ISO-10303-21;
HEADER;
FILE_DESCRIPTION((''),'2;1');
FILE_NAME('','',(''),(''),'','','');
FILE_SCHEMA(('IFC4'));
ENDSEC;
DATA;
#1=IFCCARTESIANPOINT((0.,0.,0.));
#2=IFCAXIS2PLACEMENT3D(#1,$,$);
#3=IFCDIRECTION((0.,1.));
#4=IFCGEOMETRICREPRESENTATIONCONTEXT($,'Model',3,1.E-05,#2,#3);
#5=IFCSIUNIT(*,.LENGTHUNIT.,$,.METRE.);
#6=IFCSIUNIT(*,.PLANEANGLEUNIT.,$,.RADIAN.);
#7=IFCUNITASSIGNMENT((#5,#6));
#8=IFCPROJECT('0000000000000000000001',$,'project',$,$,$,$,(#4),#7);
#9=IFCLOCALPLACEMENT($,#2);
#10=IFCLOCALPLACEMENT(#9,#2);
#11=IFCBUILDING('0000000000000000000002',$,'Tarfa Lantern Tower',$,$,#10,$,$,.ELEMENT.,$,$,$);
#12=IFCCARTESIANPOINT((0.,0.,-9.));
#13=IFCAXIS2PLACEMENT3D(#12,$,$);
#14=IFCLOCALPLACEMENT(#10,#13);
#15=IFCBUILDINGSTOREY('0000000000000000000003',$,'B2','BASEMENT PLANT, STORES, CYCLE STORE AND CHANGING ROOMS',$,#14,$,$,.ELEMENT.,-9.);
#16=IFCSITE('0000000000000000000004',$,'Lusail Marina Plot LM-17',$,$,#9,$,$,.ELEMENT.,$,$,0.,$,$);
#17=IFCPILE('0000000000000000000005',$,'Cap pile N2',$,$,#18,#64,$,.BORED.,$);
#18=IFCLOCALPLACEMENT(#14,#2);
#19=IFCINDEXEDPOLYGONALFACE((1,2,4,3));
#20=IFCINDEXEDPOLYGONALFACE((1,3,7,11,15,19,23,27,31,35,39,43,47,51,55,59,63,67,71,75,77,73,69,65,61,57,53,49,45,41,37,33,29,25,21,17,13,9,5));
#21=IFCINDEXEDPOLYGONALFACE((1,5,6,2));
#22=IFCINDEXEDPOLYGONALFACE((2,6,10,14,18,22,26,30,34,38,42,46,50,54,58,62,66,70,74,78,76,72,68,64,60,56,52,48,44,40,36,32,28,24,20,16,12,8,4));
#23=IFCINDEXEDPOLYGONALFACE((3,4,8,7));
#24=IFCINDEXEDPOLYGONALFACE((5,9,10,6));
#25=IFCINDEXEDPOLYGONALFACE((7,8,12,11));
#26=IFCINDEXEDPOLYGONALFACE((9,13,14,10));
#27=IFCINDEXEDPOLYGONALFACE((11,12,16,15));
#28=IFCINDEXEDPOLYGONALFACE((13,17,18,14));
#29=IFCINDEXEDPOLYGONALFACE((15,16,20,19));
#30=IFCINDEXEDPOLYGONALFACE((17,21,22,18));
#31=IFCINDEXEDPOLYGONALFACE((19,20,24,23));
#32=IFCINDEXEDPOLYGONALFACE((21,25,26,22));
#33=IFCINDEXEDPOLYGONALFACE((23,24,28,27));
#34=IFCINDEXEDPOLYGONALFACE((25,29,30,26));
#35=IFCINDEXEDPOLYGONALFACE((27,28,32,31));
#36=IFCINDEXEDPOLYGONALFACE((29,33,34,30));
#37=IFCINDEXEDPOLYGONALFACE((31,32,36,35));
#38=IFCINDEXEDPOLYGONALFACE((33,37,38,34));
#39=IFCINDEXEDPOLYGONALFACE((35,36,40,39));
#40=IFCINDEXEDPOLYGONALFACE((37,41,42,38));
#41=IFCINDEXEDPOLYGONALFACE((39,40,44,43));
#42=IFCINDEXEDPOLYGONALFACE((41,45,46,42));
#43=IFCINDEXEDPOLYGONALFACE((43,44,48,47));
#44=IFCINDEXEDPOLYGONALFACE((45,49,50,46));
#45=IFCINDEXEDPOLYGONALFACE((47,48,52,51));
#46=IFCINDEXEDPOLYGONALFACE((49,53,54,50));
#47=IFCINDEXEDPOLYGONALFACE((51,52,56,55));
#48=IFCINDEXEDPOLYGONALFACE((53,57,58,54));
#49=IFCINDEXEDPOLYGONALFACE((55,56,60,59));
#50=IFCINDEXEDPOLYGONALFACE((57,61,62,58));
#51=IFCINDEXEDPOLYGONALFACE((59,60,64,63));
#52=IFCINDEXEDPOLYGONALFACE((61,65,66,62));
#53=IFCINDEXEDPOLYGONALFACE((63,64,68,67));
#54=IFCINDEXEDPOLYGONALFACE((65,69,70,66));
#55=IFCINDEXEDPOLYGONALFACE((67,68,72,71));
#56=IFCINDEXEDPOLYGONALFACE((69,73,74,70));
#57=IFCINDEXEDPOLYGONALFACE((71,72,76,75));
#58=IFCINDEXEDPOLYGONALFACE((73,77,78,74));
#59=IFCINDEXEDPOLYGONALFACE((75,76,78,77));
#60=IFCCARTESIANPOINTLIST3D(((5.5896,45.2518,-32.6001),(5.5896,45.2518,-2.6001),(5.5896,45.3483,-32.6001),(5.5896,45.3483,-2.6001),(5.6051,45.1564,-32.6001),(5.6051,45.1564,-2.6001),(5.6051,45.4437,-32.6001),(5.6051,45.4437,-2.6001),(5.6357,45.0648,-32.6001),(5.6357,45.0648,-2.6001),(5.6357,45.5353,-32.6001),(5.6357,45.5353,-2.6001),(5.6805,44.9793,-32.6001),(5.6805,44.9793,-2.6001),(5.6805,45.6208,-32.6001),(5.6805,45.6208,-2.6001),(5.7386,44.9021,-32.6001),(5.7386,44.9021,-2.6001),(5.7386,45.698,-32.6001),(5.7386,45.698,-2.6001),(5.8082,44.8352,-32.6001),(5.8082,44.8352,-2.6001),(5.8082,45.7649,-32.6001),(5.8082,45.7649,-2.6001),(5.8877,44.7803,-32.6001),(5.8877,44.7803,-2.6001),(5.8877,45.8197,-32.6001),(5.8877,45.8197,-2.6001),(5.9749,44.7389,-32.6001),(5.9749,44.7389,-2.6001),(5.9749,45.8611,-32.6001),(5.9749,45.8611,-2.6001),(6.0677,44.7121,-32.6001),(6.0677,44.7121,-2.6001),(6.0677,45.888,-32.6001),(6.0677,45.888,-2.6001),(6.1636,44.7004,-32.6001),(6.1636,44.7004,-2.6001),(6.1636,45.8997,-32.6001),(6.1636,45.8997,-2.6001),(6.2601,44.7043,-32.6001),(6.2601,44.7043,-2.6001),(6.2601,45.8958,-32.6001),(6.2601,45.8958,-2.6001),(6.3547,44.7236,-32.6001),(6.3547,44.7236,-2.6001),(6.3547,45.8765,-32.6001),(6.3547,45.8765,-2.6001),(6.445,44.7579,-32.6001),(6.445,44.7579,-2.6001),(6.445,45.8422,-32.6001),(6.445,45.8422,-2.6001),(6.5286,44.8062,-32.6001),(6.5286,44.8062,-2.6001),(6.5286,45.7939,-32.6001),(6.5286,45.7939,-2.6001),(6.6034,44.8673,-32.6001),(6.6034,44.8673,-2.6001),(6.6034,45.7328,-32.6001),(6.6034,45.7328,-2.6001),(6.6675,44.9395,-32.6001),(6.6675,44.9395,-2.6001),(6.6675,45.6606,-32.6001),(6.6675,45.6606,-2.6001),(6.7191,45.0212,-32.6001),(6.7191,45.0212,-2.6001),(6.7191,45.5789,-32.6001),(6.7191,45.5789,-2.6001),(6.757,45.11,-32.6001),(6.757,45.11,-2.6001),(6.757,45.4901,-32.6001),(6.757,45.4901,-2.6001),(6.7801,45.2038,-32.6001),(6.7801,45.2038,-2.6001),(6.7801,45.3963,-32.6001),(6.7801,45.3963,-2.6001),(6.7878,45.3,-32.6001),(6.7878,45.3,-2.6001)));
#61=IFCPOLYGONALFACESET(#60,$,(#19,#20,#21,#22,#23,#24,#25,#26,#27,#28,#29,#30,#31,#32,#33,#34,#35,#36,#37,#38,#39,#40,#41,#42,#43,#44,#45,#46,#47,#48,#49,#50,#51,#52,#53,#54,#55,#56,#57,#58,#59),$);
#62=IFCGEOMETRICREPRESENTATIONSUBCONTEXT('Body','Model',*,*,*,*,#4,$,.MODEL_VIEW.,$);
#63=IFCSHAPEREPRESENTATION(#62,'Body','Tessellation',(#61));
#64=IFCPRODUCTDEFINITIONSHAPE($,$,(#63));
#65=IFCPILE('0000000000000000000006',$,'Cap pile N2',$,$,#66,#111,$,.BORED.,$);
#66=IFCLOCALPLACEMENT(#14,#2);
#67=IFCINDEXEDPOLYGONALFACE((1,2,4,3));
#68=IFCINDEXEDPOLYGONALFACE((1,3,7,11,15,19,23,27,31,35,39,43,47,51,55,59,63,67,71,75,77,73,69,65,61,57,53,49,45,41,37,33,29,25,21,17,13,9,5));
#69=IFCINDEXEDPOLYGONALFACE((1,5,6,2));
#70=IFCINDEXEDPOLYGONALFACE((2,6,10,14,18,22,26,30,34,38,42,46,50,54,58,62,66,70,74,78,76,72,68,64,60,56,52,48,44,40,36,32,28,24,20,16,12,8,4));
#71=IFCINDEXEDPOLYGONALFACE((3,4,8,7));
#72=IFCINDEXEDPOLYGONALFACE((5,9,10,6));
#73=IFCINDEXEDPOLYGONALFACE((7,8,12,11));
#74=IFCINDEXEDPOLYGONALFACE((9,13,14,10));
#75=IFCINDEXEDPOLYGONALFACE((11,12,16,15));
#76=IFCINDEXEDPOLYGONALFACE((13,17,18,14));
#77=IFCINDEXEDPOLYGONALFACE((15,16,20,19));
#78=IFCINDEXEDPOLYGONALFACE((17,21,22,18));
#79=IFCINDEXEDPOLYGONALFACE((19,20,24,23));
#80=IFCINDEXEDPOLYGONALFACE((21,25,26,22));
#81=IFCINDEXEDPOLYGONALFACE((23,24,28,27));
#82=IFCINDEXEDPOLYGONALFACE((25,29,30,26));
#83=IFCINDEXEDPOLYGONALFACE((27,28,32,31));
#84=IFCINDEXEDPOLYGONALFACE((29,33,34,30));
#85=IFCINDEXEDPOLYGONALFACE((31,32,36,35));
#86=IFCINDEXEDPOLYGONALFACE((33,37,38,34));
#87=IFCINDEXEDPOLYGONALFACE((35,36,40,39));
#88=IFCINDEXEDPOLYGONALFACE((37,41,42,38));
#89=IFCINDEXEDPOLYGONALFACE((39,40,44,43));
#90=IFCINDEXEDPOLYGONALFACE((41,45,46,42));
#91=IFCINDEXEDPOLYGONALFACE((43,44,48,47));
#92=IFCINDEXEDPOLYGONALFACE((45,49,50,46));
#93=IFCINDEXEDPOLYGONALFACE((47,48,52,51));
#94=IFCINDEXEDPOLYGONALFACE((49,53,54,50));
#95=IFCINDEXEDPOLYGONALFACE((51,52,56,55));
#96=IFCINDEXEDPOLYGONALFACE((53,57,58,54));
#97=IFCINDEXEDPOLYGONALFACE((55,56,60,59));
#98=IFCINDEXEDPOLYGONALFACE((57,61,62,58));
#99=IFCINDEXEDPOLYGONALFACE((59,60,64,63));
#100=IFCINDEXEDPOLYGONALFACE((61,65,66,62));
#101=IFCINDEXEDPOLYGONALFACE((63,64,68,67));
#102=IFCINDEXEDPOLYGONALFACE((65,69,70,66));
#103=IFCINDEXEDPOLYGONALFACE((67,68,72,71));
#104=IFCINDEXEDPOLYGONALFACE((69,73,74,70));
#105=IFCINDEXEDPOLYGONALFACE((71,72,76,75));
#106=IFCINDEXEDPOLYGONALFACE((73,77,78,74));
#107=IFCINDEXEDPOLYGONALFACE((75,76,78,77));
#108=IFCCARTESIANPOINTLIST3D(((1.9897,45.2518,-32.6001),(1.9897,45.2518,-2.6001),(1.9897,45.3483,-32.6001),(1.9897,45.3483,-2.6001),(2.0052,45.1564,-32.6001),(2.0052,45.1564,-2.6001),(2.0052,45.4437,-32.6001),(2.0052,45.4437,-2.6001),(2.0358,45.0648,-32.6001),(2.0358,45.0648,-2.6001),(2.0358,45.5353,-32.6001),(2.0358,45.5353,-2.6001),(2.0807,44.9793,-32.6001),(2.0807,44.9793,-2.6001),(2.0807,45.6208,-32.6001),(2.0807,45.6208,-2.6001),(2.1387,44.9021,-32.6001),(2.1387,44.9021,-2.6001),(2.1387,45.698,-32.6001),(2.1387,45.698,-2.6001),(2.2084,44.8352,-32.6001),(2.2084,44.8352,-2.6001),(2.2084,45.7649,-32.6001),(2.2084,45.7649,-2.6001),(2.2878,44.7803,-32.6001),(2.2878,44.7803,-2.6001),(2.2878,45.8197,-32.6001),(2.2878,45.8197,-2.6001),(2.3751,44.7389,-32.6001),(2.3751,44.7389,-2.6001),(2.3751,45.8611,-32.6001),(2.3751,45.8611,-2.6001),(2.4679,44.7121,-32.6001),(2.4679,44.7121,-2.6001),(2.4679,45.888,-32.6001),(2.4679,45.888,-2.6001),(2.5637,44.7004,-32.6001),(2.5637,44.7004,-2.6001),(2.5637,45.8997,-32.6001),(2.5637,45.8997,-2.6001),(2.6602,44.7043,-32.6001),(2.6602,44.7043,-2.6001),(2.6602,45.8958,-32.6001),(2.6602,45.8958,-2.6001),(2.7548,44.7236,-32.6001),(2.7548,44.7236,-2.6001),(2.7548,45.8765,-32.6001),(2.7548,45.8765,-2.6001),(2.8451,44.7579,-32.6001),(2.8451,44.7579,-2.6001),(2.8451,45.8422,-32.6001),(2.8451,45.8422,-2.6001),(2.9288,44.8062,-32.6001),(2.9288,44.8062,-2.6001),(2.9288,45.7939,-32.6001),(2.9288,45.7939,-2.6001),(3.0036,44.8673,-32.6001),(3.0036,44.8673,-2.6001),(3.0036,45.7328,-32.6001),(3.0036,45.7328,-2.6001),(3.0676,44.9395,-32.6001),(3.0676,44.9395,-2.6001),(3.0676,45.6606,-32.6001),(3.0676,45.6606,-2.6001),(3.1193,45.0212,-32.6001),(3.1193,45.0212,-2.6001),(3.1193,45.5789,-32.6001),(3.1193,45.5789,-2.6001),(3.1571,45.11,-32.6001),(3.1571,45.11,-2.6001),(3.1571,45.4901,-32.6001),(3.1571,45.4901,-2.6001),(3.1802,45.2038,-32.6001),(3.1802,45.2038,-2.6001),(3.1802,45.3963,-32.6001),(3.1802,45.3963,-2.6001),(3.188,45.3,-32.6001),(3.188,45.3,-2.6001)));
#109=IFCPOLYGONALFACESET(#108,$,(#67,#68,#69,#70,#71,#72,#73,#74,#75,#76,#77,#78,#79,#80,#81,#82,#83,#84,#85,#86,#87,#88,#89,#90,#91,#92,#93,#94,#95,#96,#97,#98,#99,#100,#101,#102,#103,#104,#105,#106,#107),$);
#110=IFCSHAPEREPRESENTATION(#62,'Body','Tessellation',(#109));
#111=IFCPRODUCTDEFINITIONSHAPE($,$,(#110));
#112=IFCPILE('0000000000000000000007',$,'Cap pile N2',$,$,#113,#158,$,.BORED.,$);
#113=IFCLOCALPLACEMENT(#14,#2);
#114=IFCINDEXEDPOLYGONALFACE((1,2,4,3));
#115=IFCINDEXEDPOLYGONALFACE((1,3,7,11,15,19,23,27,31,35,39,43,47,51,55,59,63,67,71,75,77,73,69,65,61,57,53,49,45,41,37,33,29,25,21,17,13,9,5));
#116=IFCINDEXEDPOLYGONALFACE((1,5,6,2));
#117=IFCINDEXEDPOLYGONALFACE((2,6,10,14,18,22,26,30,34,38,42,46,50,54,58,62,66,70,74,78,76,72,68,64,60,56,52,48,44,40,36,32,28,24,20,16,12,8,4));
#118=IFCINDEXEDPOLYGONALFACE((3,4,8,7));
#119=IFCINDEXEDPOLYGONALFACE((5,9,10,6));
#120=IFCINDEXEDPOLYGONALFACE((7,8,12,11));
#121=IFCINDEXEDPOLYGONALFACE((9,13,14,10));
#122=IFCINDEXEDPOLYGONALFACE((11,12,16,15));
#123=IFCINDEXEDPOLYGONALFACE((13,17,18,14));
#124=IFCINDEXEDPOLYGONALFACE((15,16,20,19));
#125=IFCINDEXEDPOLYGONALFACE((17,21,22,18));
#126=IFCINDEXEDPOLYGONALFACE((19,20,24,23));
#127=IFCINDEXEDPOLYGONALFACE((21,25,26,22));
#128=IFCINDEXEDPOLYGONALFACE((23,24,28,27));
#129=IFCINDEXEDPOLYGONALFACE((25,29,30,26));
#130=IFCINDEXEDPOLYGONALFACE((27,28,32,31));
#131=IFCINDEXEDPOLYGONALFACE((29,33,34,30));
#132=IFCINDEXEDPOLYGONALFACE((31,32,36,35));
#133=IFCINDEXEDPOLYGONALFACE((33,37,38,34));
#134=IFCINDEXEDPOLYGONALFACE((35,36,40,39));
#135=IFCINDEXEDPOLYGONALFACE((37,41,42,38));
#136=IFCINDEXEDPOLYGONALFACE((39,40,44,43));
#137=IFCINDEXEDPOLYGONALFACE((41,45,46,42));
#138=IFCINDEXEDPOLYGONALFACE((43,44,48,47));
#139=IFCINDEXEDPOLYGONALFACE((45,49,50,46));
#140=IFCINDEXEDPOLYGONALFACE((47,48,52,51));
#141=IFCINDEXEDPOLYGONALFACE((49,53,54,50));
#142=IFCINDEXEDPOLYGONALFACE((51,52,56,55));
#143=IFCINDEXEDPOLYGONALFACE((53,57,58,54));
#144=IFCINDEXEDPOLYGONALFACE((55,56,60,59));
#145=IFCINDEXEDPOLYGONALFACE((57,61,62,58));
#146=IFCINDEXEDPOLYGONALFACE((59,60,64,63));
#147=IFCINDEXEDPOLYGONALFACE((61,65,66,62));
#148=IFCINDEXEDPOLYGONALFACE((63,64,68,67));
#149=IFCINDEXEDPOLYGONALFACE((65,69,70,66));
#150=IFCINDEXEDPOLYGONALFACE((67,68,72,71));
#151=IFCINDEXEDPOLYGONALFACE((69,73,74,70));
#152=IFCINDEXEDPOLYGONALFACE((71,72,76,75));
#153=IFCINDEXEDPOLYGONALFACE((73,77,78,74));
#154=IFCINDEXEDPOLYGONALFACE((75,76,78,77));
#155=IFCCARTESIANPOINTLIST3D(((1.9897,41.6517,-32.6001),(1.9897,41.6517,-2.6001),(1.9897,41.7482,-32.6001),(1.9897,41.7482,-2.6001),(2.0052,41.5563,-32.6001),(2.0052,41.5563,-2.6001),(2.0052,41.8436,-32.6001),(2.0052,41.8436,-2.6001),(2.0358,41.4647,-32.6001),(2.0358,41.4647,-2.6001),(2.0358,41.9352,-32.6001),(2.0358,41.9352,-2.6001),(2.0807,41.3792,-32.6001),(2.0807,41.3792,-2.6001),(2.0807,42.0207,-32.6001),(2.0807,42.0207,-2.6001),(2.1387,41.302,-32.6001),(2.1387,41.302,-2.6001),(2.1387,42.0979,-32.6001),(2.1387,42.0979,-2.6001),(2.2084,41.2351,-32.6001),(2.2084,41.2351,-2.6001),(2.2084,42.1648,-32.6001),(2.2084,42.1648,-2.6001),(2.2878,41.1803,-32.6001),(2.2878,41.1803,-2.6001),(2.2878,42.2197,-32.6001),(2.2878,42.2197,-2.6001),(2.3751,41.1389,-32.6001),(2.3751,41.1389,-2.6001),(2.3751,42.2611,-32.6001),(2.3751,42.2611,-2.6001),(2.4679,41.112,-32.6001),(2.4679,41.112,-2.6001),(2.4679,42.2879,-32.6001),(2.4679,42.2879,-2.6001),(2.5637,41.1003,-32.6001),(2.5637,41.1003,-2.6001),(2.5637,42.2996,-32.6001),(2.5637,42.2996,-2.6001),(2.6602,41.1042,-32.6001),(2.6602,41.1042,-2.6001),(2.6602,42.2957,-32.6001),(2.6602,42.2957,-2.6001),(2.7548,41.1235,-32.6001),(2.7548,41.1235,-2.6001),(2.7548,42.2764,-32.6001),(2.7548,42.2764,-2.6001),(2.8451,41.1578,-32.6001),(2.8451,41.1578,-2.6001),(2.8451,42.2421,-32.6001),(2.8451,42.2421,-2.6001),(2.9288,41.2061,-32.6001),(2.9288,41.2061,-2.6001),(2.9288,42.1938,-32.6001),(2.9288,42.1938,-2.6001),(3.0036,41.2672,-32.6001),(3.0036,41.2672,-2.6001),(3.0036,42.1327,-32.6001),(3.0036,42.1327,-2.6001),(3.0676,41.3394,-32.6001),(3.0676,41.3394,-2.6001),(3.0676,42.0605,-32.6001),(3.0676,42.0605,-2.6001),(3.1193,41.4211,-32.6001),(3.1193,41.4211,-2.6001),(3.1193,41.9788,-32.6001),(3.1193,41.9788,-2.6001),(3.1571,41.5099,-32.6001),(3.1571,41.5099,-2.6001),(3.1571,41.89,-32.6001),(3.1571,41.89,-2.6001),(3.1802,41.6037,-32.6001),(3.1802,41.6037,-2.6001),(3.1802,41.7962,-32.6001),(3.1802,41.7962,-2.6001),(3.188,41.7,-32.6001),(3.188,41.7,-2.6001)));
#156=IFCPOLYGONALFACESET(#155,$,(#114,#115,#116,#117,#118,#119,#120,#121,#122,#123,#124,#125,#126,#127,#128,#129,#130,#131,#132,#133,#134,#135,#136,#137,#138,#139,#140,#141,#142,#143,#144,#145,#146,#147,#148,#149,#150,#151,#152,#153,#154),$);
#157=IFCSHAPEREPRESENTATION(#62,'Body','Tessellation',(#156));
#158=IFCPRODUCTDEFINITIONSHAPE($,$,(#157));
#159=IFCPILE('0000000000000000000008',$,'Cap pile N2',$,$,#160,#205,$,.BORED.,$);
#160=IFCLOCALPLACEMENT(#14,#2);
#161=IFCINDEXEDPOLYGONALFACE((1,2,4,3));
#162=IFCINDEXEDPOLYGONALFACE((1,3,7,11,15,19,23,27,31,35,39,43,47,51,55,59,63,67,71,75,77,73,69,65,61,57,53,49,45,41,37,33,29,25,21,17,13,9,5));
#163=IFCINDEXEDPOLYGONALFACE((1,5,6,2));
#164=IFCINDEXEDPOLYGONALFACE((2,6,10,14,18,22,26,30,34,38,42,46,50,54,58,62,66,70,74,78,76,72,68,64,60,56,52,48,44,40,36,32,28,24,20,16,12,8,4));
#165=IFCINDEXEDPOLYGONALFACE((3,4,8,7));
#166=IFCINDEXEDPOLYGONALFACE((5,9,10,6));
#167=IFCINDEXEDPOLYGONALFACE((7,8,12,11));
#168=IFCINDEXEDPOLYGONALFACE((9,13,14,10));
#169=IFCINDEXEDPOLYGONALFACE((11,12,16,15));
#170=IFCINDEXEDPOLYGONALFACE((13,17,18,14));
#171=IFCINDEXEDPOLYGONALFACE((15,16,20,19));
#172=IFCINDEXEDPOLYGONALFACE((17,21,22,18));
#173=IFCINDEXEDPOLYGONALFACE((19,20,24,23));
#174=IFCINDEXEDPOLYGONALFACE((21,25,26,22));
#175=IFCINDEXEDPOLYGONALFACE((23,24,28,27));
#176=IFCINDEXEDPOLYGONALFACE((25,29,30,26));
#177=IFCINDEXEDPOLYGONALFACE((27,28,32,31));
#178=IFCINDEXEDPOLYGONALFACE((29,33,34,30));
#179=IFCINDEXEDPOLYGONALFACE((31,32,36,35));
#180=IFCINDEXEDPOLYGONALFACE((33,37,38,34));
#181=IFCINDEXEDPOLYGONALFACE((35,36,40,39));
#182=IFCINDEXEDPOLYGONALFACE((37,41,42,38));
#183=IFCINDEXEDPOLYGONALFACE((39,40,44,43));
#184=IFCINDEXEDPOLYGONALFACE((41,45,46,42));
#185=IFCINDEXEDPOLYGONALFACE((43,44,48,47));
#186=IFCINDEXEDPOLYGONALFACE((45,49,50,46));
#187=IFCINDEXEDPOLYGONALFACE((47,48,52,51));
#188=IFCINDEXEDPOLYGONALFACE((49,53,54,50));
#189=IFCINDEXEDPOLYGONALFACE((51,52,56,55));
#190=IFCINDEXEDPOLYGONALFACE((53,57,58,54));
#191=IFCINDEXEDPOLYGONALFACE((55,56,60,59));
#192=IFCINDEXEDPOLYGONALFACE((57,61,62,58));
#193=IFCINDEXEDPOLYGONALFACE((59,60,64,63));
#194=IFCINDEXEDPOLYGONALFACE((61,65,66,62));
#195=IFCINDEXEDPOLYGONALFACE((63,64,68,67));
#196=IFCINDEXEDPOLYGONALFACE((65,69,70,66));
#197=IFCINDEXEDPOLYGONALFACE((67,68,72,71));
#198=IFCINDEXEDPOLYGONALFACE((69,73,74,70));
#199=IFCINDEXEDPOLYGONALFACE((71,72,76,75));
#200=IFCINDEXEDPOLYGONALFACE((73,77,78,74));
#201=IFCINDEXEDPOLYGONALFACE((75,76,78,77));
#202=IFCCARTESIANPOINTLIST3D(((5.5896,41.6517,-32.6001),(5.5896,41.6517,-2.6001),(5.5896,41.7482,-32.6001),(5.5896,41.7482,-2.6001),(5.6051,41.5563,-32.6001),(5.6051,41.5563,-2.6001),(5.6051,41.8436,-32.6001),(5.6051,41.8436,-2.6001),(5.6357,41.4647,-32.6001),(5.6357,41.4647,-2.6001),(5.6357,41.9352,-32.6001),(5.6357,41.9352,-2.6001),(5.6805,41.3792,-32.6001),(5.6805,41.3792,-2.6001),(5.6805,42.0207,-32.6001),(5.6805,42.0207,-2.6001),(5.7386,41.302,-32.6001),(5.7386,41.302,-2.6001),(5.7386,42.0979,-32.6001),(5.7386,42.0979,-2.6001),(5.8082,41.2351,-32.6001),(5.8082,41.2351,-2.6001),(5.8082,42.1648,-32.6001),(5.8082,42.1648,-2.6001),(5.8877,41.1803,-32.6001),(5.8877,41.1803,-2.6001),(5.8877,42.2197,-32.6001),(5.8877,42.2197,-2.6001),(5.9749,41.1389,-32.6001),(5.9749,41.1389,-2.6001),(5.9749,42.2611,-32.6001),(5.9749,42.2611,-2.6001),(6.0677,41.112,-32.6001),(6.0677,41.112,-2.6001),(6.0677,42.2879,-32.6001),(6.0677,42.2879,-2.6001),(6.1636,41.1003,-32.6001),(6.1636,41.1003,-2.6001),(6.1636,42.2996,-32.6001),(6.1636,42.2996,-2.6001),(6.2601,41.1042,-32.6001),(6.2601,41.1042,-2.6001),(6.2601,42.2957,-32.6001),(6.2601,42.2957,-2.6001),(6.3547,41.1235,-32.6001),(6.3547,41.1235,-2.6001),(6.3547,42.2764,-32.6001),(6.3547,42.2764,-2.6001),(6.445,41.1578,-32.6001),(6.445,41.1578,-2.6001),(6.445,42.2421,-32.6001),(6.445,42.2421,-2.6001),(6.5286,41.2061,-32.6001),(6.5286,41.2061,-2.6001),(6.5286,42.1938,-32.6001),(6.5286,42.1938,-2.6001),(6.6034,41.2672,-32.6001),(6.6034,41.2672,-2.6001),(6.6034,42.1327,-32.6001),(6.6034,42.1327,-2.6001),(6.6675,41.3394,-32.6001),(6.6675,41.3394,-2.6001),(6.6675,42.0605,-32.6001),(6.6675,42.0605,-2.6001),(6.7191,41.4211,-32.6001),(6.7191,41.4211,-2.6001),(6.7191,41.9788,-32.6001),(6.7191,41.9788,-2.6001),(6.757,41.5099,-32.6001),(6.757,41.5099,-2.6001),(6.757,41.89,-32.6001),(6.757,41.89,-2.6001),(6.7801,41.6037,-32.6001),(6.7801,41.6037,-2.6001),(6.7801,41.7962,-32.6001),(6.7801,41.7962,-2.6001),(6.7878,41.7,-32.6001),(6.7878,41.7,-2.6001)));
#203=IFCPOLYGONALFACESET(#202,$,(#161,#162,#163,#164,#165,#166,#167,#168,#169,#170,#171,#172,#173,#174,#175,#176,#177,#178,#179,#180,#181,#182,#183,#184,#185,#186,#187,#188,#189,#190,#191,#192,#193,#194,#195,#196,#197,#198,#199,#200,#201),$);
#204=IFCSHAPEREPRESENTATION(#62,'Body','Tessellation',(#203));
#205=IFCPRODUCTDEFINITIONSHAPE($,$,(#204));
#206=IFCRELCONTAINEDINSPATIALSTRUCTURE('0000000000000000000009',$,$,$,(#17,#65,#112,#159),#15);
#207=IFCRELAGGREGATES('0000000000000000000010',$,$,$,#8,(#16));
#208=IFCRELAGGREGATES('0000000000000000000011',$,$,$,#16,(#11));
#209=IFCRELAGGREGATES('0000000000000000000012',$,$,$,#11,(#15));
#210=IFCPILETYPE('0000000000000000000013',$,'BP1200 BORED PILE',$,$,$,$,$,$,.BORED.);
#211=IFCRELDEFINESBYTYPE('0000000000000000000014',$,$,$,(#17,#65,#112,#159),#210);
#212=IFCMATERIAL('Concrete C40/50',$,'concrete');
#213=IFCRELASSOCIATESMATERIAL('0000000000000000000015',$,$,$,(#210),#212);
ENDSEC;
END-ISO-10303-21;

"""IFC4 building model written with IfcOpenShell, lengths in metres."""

from ifc_helpers import new_model, si_unit, direction, frame, origin, origin_2d, place, context, subcontext, project, spatial, circle, extrude, material, material_profile, profile_set, type_object, element, save


model = new_model("IFC4")

# Units and contexts
model_context = context("Model", 3, precision=1e-05, world=origin(), true_north=direction((0.0, 1.0)))
body_context = subcontext(model_context, "Body", "Model", "MODEL_VIEW")
ifc_project = project(units=[si_unit("LENGTHUNIT", "METRE"), si_unit("PLANEANGLEUNIT", "RADIAN")], contexts=[model_context])

# Site, building, storey
site_placement = place(None, origin())
site = spatial("IfcSite", under=ifc_project, at=site_placement, Name="Lusail Marina Plot LM-17", CompositionType="ELEMENT", RefElevation=0.0)
building_placement = place(site_placement, origin())
building = spatial("IfcBuilding", under=site, at=building_placement, Name="Tarfa Lantern Tower", CompositionType="ELEMENT")
storey_placement = place(building_placement, frame((0.0, 0.0, -9.0)))
storey = spatial("IfcBuildingStorey", under=building, at=storey_placement, Name="B2", Description="BASEMENT PLANT, STORES, CYCLE STORE AND CHANGING ROOMS", CompositionType="ELEMENT", Elevation=-9.0)

# Piles
ifc_material_1 = material(Name="Concrete C40/50", Category="concrete")
ifc_material_profile_1 = material_profile(ifc_material_1, circle(Radius=0.6001, at=origin_2d()), Name="BORED PILE D1200")
ifc_profile_set_1 = profile_set([ifc_material_profile_1], Name="Concrete C40/50")
pile_type_1 = type_object("IfcPileType", Name="BP1200 BORED PILE", PredefinedType="BORED", material=ifc_profile_set_1)
for number, where, z_axis, x_axis, name in (
    (1, (6.1877, 45.3, -2.6001), (0.0, 0.0, -1.0), (1.0, 0.0, 0.0), "Cap pile N2"),
    (2, (2.5879, 45.3, -2.6001), (0.0, 0.0, -1.0), (1.0, 0.0, 0.0), "Cap pile N2"),
    (3, (2.5879, 41.7, -2.6001), (0.0, 0.0, -1.0), (1.0, 0.0, 0.0), "Cap pile N2"),
    (4, (6.1877, 41.7, -2.6001), (0.0, 0.0, -1.0), (1.0, 0.0, 0.0), "Cap pile N2"),
):
    element("IfcPile", number, at=place(storey_placement, frame(where, z_axis=z_axis, x_axis=x_axis)), inside=storey, type_object=pile_type_1, Name=name, PredefinedType="BORED", context=body_context, shape_type="SweptSolid", body=[
        extrude(circle(Radius=0.6001, at=origin_2d()), origin(), (0.0, 0.0, 1.0), 30.0),
    ])

save(model, "model.ifc")
